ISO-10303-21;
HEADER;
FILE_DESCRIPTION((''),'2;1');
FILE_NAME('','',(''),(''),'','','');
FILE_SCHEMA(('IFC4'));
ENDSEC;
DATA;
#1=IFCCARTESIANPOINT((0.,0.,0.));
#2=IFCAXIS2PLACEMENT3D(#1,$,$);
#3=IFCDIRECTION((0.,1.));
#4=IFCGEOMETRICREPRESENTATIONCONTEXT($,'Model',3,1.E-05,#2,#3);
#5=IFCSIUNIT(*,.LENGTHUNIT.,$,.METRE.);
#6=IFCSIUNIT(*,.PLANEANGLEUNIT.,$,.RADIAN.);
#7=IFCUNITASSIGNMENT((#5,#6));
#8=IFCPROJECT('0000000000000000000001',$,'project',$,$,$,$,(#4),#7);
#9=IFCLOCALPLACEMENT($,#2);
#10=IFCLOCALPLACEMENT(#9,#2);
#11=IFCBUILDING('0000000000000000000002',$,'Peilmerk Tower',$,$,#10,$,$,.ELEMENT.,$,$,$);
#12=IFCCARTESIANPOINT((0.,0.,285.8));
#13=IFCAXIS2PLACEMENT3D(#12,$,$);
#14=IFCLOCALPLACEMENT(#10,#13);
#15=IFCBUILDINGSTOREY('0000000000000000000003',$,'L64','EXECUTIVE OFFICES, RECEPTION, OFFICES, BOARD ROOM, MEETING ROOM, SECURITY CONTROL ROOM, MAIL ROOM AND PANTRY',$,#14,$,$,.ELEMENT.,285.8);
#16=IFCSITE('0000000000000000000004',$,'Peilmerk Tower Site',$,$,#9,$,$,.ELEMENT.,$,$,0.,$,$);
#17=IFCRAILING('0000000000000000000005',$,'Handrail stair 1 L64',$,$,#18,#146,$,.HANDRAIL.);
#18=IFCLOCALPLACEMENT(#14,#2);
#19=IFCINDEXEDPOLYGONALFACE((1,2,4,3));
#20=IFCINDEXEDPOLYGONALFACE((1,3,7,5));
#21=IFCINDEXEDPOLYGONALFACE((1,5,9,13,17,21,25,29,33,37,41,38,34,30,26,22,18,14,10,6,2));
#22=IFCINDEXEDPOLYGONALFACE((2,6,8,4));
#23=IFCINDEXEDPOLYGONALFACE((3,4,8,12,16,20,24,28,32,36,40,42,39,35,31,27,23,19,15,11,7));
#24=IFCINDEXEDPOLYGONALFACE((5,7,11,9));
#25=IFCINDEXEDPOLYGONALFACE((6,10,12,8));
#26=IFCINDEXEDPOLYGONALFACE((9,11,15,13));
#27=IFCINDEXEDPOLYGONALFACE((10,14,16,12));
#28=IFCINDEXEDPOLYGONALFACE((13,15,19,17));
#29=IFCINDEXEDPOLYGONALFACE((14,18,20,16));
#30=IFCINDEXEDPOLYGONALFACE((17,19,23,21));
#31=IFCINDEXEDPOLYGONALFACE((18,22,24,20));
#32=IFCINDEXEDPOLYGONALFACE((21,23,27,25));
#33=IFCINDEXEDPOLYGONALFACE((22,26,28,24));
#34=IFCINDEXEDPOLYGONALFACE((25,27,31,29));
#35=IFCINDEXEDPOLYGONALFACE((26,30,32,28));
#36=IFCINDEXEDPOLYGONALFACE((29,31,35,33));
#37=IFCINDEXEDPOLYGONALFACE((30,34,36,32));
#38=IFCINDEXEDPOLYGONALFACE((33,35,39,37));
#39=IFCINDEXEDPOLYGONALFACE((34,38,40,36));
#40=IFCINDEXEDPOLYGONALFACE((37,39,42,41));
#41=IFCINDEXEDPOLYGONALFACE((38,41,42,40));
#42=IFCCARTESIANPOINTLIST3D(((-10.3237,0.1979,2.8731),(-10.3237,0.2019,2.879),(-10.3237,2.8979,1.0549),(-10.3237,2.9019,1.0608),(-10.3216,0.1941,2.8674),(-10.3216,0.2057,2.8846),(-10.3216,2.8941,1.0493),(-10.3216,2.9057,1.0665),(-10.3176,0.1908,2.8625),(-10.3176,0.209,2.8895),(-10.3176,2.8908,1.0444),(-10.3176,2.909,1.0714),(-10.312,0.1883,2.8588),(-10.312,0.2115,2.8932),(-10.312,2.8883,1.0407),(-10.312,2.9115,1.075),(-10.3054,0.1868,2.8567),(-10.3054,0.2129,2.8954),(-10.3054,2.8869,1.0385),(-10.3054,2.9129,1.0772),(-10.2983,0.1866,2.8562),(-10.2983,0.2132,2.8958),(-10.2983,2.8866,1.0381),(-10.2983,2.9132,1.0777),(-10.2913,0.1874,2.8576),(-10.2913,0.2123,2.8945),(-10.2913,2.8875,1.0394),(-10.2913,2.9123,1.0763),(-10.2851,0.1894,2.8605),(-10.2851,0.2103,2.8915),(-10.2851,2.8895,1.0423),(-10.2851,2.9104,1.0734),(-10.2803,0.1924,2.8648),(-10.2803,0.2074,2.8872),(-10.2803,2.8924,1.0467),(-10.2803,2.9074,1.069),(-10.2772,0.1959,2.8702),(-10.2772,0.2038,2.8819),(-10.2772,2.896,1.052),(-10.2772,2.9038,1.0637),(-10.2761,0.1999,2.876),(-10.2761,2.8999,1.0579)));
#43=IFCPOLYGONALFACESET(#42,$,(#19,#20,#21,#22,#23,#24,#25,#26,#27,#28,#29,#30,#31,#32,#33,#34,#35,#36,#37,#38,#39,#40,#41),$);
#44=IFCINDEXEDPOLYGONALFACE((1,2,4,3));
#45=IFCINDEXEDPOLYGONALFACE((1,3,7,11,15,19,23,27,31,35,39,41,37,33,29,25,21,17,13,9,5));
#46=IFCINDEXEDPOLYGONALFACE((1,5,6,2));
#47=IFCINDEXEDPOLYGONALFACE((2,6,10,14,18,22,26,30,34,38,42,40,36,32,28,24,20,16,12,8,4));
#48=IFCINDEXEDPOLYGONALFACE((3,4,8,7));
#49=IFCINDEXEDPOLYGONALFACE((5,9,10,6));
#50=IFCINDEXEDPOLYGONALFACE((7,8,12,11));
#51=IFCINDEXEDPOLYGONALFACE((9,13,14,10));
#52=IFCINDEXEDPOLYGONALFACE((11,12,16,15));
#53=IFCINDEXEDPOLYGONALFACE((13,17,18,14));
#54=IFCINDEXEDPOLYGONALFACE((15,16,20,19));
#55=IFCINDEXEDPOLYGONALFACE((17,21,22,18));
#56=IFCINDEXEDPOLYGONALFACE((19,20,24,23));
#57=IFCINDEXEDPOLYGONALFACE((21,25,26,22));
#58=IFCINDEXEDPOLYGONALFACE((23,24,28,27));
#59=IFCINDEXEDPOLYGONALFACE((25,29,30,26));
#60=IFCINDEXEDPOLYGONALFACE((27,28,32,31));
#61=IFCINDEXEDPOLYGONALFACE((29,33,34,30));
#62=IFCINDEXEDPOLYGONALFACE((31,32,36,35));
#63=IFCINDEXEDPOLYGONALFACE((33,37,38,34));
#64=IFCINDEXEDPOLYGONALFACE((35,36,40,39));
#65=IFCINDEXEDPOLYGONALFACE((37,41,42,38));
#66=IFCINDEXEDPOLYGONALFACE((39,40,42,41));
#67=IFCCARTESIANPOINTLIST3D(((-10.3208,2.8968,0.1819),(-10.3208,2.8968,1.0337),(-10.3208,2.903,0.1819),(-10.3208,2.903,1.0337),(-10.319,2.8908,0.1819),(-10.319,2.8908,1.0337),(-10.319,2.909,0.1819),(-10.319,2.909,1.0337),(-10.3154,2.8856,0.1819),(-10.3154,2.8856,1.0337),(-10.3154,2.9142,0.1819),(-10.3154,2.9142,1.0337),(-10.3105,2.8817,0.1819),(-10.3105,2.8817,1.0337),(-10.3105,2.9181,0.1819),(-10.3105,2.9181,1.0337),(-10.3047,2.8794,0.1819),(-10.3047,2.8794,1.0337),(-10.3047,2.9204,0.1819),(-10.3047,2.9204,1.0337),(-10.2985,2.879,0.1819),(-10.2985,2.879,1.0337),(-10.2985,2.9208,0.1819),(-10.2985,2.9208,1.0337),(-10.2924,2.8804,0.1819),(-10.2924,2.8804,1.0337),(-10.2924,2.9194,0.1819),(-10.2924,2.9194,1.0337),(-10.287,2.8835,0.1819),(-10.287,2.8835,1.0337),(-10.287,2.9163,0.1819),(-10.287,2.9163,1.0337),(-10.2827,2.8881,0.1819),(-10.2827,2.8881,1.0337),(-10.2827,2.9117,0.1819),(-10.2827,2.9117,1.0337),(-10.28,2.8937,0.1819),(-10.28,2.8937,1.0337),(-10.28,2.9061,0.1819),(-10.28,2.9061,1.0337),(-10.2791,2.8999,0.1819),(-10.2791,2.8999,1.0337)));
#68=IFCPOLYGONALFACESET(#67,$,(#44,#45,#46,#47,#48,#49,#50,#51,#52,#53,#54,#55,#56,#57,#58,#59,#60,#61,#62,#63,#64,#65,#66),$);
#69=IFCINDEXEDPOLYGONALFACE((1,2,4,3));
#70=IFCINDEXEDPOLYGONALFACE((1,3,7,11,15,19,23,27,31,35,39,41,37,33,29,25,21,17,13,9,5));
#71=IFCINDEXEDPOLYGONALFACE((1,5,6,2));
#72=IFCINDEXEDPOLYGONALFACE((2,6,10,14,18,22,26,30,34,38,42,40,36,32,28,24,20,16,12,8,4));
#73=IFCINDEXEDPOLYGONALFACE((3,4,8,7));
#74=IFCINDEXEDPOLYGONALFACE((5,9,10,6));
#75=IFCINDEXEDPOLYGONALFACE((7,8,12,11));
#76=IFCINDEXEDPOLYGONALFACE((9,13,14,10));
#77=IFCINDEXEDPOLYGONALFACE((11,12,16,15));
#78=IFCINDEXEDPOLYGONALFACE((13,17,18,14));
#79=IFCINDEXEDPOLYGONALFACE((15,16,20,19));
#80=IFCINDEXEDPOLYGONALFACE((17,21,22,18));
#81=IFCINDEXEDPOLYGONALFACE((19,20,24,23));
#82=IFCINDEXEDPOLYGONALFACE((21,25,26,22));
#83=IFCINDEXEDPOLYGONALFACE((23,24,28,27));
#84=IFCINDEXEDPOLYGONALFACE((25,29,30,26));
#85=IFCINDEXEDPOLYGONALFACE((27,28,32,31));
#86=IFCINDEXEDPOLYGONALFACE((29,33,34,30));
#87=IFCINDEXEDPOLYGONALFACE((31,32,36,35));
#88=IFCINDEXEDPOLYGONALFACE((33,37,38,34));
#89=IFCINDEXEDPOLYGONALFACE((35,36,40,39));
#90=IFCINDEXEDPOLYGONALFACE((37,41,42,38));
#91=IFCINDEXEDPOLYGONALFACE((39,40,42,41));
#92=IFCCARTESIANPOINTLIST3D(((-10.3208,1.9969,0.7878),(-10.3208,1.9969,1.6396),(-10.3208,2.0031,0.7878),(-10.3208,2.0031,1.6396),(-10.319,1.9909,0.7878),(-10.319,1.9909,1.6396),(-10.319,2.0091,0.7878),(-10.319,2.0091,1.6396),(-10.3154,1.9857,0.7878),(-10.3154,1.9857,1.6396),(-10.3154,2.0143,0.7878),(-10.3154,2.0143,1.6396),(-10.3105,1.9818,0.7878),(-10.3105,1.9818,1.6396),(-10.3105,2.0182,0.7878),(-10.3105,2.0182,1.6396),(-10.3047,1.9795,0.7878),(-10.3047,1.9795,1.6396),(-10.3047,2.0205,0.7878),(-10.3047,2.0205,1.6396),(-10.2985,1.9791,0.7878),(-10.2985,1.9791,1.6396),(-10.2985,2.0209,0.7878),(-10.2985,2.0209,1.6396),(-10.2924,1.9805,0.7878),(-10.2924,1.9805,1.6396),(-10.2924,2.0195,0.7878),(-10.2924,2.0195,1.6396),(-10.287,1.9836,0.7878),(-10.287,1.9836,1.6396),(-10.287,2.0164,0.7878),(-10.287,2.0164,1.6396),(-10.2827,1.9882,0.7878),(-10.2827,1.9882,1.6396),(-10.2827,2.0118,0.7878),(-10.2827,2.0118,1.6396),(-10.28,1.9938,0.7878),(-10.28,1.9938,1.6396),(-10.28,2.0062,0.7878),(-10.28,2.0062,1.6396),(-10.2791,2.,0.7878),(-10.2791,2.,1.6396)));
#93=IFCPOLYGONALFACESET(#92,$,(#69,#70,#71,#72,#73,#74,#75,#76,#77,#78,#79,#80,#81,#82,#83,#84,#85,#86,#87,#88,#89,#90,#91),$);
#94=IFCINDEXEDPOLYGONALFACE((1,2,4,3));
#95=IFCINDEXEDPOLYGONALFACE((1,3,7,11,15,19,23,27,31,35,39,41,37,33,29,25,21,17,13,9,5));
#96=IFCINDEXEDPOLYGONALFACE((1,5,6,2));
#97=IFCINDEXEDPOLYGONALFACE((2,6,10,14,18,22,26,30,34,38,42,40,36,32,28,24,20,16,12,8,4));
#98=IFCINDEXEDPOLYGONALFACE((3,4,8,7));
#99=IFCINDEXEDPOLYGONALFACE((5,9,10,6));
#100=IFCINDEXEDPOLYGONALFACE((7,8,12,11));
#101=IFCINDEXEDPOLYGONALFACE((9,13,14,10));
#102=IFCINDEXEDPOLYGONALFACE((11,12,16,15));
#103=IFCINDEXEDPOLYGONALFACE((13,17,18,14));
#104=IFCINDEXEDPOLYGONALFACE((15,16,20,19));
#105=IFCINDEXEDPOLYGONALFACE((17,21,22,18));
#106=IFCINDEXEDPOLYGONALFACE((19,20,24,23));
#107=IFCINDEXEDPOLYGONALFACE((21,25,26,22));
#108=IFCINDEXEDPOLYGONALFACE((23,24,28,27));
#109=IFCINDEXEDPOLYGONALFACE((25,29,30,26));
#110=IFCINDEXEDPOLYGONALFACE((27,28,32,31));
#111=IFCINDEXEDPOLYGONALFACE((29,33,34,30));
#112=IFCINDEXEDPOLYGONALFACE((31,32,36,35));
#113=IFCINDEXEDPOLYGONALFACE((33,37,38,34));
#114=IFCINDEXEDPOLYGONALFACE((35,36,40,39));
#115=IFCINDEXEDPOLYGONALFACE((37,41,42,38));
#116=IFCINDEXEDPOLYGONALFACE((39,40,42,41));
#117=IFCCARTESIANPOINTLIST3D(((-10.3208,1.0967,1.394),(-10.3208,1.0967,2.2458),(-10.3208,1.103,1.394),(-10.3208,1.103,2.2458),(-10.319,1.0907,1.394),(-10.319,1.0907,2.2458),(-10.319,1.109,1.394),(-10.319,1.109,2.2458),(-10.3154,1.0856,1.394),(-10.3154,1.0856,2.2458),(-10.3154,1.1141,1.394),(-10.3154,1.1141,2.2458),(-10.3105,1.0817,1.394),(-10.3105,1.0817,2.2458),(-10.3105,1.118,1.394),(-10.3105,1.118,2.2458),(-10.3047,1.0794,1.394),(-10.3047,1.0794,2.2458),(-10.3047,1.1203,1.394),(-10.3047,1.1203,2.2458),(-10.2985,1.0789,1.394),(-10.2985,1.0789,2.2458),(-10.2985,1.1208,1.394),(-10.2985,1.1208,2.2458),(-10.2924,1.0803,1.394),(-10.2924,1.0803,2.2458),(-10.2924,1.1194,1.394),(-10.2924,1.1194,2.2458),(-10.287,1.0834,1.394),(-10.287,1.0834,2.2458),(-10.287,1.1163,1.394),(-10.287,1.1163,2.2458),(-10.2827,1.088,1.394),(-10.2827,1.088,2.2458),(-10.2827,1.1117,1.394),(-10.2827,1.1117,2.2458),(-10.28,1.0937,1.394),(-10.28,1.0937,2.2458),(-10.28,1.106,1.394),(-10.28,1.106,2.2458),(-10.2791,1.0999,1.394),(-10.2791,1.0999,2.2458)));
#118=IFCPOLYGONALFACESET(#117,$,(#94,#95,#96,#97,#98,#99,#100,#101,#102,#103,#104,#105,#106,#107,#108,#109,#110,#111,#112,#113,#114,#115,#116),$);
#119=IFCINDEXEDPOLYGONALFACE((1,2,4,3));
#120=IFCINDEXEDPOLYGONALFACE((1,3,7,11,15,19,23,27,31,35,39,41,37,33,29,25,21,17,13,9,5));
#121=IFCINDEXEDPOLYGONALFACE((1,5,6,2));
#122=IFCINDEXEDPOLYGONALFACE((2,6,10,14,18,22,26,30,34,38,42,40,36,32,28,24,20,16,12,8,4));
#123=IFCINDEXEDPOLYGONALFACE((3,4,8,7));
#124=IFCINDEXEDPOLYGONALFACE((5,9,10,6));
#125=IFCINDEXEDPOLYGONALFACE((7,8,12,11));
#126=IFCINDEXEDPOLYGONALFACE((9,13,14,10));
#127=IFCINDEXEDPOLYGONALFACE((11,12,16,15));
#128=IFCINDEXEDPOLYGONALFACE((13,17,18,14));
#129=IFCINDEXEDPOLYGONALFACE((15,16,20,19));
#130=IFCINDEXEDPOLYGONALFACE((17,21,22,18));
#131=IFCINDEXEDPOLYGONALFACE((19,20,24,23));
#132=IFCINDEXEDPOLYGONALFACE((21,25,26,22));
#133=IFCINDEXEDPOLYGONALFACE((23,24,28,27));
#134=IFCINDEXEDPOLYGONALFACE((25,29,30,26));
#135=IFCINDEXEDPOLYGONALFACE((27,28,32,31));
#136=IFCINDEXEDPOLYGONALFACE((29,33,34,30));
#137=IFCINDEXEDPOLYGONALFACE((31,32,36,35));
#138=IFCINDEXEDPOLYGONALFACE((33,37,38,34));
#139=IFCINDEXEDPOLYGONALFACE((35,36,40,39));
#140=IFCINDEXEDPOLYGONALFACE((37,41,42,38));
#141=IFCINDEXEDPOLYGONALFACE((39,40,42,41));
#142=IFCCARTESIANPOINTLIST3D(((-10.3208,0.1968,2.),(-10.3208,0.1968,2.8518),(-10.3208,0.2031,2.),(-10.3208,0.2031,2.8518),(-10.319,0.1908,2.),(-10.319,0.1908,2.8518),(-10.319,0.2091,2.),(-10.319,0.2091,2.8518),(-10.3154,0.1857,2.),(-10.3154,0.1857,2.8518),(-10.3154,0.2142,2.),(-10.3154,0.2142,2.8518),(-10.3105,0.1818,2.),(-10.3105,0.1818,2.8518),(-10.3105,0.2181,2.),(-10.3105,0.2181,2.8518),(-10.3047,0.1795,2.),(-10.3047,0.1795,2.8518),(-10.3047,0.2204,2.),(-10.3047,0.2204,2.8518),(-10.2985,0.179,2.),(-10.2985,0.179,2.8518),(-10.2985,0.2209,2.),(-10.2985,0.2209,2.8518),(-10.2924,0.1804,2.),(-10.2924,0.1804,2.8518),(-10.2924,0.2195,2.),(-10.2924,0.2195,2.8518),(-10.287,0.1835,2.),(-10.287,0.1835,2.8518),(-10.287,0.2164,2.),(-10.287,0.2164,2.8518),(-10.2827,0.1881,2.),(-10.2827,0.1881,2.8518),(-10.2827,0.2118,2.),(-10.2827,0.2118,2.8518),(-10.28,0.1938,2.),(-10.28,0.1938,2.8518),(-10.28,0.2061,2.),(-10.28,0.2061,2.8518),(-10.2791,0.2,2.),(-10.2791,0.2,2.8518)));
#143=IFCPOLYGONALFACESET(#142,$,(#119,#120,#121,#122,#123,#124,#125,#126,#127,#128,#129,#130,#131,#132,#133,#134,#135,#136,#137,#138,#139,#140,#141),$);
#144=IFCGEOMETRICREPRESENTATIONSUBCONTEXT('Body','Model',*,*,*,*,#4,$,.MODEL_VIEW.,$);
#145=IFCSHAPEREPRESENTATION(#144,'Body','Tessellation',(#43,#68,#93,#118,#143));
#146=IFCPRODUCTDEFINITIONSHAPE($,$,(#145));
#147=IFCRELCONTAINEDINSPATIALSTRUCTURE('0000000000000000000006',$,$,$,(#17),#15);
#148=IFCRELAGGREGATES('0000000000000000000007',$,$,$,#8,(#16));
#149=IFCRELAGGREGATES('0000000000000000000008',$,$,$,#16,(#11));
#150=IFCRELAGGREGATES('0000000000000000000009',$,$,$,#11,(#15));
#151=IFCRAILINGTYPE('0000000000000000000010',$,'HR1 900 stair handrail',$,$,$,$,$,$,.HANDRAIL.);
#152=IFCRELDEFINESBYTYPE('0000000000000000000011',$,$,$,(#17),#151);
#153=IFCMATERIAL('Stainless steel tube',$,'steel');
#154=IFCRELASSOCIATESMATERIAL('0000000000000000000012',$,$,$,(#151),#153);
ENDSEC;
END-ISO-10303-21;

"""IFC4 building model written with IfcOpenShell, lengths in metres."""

from ifc_helpers import new_model, si_unit, direction, frame, origin, origin_2d, place, context, subcontext, project, spatial, circle, extrude, material, type_object, element, save


model = new_model("IFC4")

# Units and contexts
model_context = context("Model", 3, precision=1e-05, world=origin(), true_north=direction((0.0, 1.0)))
body_context = subcontext(model_context, "Body", "Model", "MODEL_VIEW")
ifc_project = project(units=[si_unit("LENGTHUNIT", "METRE"), si_unit("PLANEANGLEUNIT", "RADIAN")], contexts=[model_context])

# Site, building, storey
site_placement = place(None, origin())
site = spatial("IfcSite", under=ifc_project, at=site_placement, Name="Peilmerk Tower Site", CompositionType="ELEMENT", RefElevation=0.0)
building_placement = place(site_placement, origin())
building = spatial("IfcBuilding", under=site, at=building_placement, Name="Peilmerk Tower", CompositionType="ELEMENT")
storey_placement = place(building_placement, frame((0.0, 0.0, 285.8)))
storey = spatial("IfcBuildingStorey", under=building, at=storey_placement, Name="L64", Description="EXECUTIVE OFFICES, RECEPTION, OFFICES, BOARD ROOM, MEETING ROOM, SECURITY CONTROL ROOM, MAIL ROOM AND PANTRY", CompositionType="ELEMENT", Elevation=285.8)

# Railing
ifc_material_1 = material(Name="Stainless steel tube", Category="steel")
railing_type_1 = type_object("IfcRailingType", Name="HR1 900 stair handrail", PredefinedType="HANDRAIL", material=ifc_material_1)
railing_1_placement = place(storey_placement, frame((-10.3, 2.8999, 0.1819)))
element("IfcRailing", 1, at=railing_1_placement, inside=storey, type_object=railing_type_1, Name="Handrail stair 1 L64", PredefinedType="HANDRAIL", context=body_context, shape_type="SweptSolid", body=[
    extrude(circle(Radius=0.0239, at=origin_2d()), frame((0.0, 0.0, 0.876), z_axis=(0.0, -0.829468, 0.558554), x_axis=(1.0, 0.0, 0.0)), (0.0, 0.0, 1.0), 3.2551),
    extrude(circle(Radius=0.021, at=origin_2d()), origin(), (0.0, 0.0, 1.0), 0.8518),
    extrude(circle(Radius=0.021, at=origin_2d()), frame((0.0, -0.8999, 0.606)), (0.0, 0.0, 1.0), 0.8518),
    extrude(circle(Radius=0.021, at=origin_2d()), frame((0.0, -1.8, 1.2122)), (0.0, 0.0, 1.0), 0.8518),
    extrude(circle(Radius=0.021, at=origin_2d()), frame((0.0, -2.7, 1.8181)), (0.0, 0.0, 1.0), 0.8518),
])

save(model, "model.ifc")
